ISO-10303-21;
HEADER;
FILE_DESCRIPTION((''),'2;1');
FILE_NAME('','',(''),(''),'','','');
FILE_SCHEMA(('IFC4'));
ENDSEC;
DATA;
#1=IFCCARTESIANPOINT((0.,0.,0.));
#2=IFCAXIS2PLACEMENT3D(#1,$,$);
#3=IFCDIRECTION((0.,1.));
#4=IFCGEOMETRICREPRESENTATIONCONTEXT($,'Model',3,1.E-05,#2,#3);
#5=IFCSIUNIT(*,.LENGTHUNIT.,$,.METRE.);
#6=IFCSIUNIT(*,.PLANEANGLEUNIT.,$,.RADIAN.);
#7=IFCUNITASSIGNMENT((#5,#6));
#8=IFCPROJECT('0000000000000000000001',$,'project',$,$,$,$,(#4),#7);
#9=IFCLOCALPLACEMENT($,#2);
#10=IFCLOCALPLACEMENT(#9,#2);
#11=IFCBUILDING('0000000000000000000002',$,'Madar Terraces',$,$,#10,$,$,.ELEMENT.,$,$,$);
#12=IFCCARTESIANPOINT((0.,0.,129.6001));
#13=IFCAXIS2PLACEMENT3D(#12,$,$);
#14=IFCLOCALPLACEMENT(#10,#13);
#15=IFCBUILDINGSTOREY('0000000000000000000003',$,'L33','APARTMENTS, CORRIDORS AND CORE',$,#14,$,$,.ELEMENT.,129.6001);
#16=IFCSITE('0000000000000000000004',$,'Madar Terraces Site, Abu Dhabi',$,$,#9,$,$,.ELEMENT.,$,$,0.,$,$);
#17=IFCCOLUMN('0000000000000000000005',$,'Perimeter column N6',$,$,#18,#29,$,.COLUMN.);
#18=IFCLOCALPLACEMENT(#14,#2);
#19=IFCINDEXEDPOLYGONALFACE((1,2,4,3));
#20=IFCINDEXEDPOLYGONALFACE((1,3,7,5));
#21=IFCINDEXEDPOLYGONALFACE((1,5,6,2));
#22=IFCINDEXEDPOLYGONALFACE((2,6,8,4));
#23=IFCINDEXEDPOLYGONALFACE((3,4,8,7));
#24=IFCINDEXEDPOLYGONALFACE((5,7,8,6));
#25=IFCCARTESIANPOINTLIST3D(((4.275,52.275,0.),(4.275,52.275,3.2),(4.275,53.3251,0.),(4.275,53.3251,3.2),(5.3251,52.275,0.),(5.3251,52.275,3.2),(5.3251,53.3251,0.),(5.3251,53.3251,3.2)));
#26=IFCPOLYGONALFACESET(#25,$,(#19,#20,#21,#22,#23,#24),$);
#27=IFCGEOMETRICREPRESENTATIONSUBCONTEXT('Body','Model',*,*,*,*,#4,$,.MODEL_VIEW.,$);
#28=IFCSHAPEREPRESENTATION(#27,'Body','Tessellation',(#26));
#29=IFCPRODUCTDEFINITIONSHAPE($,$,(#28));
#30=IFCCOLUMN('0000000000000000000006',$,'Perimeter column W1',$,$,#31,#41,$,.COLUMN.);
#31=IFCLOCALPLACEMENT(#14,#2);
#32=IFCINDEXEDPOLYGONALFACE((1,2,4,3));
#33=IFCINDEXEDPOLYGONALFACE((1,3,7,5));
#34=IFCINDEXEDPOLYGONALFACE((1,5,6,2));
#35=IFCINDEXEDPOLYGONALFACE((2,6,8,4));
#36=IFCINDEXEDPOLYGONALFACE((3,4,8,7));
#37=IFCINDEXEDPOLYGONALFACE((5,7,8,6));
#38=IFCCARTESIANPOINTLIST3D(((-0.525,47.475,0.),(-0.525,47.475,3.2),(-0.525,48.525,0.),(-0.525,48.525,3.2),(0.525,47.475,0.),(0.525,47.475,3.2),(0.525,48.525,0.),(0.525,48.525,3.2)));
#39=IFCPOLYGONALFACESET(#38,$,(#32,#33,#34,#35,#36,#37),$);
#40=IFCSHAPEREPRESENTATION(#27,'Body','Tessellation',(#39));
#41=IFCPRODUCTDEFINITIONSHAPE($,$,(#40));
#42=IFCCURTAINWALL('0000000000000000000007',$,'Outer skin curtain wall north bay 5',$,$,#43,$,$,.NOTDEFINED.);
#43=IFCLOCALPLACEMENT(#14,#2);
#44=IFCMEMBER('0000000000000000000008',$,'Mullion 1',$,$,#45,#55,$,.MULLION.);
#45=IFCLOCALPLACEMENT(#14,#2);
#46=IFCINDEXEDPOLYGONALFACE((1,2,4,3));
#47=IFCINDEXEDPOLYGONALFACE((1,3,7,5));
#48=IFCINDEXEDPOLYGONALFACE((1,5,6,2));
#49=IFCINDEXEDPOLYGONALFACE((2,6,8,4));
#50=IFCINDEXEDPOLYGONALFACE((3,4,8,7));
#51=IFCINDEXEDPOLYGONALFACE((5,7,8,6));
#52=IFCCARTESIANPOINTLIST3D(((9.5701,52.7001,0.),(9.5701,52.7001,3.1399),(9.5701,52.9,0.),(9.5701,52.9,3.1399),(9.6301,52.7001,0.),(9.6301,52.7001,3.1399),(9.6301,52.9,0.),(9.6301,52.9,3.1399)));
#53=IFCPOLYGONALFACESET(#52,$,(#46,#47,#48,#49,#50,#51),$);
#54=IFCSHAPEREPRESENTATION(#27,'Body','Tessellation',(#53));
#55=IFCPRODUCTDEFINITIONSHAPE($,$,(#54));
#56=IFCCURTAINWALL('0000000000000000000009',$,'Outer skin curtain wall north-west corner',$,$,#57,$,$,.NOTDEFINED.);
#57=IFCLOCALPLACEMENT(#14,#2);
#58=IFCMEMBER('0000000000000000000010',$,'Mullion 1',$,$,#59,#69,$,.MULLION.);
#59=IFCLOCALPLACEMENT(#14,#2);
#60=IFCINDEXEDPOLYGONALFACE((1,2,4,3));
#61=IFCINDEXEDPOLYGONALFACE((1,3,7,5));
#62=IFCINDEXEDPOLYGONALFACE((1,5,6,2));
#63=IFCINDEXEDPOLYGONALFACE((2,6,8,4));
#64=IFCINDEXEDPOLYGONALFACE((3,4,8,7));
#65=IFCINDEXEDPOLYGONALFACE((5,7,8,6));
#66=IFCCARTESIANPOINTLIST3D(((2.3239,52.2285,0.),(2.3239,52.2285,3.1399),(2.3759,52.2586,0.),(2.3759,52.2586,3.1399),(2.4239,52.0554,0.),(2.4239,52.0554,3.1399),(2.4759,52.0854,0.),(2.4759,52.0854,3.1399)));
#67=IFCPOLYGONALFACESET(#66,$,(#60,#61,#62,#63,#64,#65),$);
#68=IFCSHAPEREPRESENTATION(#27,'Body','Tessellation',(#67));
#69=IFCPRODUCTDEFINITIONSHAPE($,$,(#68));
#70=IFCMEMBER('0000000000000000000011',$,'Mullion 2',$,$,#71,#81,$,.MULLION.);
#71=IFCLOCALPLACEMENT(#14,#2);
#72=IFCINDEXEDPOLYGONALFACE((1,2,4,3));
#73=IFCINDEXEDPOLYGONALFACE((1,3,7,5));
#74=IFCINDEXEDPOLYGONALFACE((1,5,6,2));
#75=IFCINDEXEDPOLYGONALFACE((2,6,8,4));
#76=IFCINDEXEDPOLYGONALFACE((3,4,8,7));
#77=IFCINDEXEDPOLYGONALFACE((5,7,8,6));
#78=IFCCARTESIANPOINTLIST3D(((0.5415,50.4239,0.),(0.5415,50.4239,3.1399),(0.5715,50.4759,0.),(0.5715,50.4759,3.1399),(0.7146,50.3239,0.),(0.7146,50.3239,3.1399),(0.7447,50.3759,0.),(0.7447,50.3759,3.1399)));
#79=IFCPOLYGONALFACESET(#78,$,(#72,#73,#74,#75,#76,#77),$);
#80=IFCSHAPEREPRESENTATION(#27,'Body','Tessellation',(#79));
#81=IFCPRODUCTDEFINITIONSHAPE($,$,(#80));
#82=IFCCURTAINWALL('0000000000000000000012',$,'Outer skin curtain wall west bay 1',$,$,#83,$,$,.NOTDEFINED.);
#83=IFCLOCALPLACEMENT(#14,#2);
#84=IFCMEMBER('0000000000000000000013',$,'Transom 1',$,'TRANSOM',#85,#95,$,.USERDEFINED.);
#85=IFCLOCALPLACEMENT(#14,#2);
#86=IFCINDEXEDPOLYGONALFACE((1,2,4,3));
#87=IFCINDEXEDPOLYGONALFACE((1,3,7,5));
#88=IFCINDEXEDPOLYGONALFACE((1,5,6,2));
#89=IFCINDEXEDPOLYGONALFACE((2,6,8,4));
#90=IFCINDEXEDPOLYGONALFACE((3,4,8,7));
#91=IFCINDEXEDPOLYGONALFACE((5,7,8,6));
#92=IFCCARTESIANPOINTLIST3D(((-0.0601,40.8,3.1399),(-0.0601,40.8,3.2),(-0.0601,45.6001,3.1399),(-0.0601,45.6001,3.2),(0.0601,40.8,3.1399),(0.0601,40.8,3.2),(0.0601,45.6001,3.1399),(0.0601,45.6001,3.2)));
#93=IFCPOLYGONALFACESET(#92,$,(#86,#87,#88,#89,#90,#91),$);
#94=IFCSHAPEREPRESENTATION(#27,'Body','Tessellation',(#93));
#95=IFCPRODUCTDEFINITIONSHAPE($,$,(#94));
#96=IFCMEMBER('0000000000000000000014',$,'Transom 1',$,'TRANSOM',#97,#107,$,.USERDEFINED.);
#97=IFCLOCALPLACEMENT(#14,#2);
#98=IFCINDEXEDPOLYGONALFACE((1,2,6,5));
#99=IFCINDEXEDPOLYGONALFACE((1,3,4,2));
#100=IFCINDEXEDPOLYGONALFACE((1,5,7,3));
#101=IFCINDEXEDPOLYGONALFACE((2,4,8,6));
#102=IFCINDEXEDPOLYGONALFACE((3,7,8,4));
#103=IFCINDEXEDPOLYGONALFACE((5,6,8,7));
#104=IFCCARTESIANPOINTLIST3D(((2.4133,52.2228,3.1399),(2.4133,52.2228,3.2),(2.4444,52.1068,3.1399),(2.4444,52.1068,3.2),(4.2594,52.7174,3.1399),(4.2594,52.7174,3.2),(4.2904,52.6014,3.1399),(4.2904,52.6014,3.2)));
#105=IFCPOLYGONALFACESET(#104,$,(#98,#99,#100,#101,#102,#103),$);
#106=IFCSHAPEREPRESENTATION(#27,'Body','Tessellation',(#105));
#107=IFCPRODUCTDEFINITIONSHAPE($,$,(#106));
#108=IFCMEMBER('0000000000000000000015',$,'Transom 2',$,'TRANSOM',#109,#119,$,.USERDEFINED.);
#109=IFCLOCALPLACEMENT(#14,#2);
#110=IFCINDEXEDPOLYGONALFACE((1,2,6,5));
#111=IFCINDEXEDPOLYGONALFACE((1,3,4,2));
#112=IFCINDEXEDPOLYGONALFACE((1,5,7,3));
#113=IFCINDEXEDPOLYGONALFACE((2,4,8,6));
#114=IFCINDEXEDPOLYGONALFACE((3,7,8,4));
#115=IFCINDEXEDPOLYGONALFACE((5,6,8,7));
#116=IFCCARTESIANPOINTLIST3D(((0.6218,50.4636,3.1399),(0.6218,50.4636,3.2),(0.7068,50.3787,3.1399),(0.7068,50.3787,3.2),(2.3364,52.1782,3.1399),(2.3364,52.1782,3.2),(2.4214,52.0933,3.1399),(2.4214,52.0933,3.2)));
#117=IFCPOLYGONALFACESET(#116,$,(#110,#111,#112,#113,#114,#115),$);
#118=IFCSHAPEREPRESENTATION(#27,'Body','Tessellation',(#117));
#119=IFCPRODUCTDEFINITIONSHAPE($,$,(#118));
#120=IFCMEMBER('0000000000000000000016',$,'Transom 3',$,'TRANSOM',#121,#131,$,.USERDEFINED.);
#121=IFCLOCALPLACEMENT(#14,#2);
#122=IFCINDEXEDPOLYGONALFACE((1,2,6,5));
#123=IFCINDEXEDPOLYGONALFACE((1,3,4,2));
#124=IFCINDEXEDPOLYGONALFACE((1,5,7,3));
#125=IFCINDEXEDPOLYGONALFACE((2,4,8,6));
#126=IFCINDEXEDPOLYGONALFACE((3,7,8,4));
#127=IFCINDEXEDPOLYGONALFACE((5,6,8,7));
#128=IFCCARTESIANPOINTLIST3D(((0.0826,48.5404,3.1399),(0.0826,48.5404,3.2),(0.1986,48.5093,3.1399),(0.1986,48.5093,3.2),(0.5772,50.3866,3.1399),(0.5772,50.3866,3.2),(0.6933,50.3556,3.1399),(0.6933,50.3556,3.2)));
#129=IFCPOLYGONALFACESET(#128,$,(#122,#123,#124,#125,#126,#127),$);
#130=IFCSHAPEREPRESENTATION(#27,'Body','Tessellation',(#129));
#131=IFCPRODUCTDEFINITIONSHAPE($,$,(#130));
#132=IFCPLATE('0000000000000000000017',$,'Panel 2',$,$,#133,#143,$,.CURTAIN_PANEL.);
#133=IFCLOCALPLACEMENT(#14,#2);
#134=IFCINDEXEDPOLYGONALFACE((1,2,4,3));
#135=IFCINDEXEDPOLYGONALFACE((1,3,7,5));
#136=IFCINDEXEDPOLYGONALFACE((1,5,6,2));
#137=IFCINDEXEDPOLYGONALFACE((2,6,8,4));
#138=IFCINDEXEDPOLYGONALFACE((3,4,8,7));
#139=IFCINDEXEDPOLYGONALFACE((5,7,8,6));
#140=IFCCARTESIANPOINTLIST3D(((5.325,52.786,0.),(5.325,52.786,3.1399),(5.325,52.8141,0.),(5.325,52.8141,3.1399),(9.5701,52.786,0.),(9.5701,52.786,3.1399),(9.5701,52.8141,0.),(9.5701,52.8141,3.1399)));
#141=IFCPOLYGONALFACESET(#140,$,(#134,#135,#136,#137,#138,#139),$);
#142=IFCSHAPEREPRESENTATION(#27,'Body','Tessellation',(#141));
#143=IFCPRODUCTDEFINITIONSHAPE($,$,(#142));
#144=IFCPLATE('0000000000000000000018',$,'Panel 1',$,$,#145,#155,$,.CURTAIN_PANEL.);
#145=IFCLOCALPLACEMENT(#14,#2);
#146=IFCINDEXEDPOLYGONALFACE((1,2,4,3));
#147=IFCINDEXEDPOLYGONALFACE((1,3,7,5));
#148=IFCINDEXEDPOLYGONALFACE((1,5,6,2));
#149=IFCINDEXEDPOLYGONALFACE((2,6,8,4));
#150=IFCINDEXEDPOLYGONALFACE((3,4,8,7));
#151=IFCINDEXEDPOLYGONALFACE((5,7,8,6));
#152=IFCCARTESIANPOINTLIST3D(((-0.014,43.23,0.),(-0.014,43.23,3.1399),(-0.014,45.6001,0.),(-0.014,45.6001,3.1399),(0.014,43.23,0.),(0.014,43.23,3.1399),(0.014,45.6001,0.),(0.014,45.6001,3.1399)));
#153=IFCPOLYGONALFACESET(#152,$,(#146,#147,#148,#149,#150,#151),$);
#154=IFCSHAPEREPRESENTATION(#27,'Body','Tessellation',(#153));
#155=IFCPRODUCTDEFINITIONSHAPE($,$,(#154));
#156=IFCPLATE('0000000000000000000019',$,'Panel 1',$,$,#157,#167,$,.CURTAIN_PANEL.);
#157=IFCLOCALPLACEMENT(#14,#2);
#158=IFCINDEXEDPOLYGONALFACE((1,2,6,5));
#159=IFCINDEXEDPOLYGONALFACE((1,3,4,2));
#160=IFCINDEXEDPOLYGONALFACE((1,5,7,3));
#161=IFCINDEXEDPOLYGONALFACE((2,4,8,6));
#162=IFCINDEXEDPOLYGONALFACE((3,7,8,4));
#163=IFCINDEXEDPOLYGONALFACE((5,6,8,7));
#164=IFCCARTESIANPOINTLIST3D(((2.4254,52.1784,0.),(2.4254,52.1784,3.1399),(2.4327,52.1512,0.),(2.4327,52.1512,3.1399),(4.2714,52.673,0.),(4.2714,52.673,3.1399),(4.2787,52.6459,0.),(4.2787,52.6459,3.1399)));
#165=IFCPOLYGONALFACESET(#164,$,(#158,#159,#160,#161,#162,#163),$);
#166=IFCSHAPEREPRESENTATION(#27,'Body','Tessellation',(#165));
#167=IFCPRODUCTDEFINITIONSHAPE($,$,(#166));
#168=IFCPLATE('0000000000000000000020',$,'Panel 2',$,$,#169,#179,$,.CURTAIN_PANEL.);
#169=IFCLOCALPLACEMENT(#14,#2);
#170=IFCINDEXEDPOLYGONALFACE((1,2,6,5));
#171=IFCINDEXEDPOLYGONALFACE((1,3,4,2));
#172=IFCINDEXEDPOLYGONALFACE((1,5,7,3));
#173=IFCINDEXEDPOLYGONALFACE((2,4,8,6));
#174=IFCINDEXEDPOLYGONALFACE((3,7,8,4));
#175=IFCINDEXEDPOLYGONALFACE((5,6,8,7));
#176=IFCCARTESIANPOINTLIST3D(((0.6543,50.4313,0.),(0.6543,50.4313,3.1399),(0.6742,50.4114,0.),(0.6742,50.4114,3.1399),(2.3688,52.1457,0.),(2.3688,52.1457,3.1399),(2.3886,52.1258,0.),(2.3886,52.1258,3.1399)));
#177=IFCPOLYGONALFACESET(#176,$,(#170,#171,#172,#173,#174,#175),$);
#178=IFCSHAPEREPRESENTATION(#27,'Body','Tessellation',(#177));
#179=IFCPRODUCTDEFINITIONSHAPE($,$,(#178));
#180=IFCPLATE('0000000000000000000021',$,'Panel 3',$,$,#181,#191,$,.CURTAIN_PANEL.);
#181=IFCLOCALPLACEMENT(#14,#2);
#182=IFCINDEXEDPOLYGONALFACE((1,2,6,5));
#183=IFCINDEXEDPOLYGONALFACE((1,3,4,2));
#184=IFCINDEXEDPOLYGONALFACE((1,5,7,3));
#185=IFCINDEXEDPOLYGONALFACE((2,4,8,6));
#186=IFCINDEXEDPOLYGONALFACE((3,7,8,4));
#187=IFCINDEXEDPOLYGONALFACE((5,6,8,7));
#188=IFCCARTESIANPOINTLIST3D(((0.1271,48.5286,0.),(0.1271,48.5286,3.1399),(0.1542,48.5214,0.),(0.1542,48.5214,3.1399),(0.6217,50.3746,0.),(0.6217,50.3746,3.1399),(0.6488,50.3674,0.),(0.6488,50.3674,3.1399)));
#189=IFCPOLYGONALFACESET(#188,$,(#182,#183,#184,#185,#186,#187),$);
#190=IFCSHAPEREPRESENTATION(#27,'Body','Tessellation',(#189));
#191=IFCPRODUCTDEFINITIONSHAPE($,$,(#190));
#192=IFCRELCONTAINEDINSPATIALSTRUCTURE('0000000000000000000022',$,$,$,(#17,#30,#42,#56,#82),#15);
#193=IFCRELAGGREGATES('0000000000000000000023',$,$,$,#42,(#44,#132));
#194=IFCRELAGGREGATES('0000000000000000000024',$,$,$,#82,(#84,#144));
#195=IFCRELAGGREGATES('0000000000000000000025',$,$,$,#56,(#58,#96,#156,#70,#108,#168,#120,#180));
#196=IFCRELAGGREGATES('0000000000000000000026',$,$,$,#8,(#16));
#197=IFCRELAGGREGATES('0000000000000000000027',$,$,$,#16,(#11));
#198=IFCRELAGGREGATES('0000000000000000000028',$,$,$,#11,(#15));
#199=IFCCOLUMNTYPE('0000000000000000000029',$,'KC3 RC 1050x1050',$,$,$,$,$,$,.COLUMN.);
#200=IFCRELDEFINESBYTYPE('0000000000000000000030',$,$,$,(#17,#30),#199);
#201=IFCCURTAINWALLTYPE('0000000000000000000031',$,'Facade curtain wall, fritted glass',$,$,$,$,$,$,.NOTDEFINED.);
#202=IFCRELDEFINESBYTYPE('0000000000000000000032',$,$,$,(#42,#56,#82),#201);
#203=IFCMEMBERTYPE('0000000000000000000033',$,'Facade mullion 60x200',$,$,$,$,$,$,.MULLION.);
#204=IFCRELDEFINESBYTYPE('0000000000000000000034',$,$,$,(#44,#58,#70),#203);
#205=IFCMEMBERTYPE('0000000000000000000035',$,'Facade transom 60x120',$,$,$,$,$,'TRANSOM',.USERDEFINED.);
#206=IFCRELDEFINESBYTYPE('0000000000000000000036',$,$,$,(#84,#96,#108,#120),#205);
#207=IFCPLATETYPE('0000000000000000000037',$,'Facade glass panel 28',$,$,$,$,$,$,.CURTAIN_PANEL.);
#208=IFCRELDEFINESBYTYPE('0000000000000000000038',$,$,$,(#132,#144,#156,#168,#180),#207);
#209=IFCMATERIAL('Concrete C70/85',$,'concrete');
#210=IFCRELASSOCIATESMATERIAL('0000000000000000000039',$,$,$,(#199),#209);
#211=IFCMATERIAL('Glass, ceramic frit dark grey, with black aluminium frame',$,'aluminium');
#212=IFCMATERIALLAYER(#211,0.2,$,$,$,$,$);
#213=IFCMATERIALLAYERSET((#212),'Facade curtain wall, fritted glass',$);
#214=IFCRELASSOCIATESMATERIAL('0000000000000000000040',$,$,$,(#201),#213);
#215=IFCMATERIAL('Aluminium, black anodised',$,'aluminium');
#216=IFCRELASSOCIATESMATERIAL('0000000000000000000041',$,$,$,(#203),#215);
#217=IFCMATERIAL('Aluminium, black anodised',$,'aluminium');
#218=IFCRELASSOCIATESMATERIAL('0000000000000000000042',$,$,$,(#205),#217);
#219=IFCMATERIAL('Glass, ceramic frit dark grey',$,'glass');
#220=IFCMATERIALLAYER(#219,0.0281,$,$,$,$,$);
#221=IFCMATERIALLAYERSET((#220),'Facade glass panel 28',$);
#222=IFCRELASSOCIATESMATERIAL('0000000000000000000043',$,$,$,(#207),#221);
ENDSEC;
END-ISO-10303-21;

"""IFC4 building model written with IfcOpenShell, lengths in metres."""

from ifc_helpers import new_model, si_unit, direction, frame, origin, origin_2d, place, context, subcontext, project, spatial, rectangle, extrude, material, layer, layer_set, material_profile, profile_set, type_object, element, aggregate, save


model = new_model("IFC4")

# Units and contexts
model_context = context("Model", 3, precision=1e-05, world=origin(), true_north=direction((0.0, 1.0)))
body_context = subcontext(model_context, "Body", "Model", "MODEL_VIEW")
ifc_project = project(units=[si_unit("LENGTHUNIT", "METRE"), si_unit("PLANEANGLEUNIT", "RADIAN")], contexts=[model_context])

# Site, building, storey
site_placement = place(None, origin())
site = spatial("IfcSite", under=ifc_project, at=site_placement, Name="Madar Terraces Site, Abu Dhabi", CompositionType="ELEMENT", RefElevation=0.0)
building_placement = place(site_placement, origin())
building = spatial("IfcBuilding", under=site, at=building_placement, Name="Madar Terraces", CompositionType="ELEMENT")
storey_placement = place(building_placement, frame((0.0, 0.0, 129.6001)))
storey = spatial("IfcBuildingStorey", under=building, at=storey_placement, Name="L33", Description="APARTMENTS, CORRIDORS AND CORE", CompositionType="ELEMENT", Elevation=129.6001)

# Columns
ifc_material_1 = material(Name="Concrete C70/85", Category="concrete")
ifc_material_profile_1 = material_profile(ifc_material_1, rectangle(XDim=1.05, YDim=1.05, at=origin_2d()), Name="KC3 RC 1050x1050")
ifc_profile_set_1 = profile_set([ifc_material_profile_1], Name="Concrete C70/85")
column_type = type_object("IfcColumnType", Name="KC3 RC 1050x1050", PredefinedType="COLUMN", material=ifc_profile_set_1)
for number, where, z_axis, x_axis, name in (
    (1, (4.8, 52.8, 0.0), (0.0, 0.0, 1.0), (1.0, 0.0, 0.0), "Perimeter column N6"),
    (2, (0.0, 48.0, 0.0), (0.0, 0.0, 1.0), (1.0, 0.0, 0.0), "Perimeter column W1"),
):
    element("IfcColumn", number, at=place(storey_placement, frame(where, z_axis=z_axis, x_axis=x_axis)), inside=storey, type_object=column_type, Name=name, PredefinedType="COLUMN", context=body_context, shape_type="SweptSolid", body=[
        extrude(rectangle(XDim=1.05, YDim=1.05, at=origin_2d()), origin(), (0.0, 0.0, 1.0), 3.2),
    ])

# Curtain wall, member
ifc_material_2 = material(Name="Glass, ceramic frit dark grey, with black aluminium frame", Category="aluminium")
ifc_layer_1 = layer(ifc_material_2, 0.2)
ifc_layer_set_1 = layer_set([ifc_layer_1], Name="Facade curtain wall, fritted glass")
curtain_wall_type = type_object("IfcCurtainWallType", Name="Facade curtain wall, fritted glass", PredefinedType="NOTDEFINED", material=ifc_layer_set_1)
curtain_wall_1_placement = place(storey_placement, origin())
curtain_wall_1 = element("IfcCurtainWall", 3, at=curtain_wall_1_placement, inside=storey, type_object=curtain_wall_type, Name="Outer skin curtain wall north bay 5", PredefinedType="NOTDEFINED")
ifc_material_3 = material(Name="Aluminium, black anodised", Category="aluminium")
ifc_material_profile_2 = material_profile(ifc_material_3, rectangle(XDim=0.2, YDim=0.0601, at=origin_2d()), Name="Facade mullion 60x200")
ifc_profile_set_2 = profile_set([ifc_material_profile_2], Name="Aluminium, black anodised")
member_type_1 = type_object("IfcMemberType", Name="Facade mullion 60x200", PredefinedType="MULLION", material=ifc_profile_set_2)
member_1_placement = place(storey_placement, frame((9.6001, 52.8, 0.0), z_axis=(0.0, 0.0, 1.0), x_axis=(0.0, -1.0, 0.0)))
member_1 = element("IfcMember", 4, at=member_1_placement, type_object=member_type_1, Name="Mullion 1", PredefinedType="MULLION", context=body_context, shape_type="SweptSolid", body=[
    extrude(rectangle(XDim=0.2, YDim=0.0601, at=origin_2d()), origin(), (0.0, 0.0, 1.0), 3.1399),
])

# Curtain wall, members
curtain_wall_2_placement = place(storey_placement, origin())
curtain_wall_2 = element("IfcCurtainWall", 5, at=curtain_wall_2_placement, inside=storey, type_object=curtain_wall_type, Name="Outer skin curtain wall north-west corner", PredefinedType="NOTDEFINED")
member_2_placement = place(storey_placement, frame((2.3999, 52.157, 0.0), z_axis=(0.0, 0.0, 1.0), x_axis=(0.5, -0.866025, 0.0)))
member_2 = element("IfcMember", 6, at=member_2_placement, type_object=member_type_1, Name="Mullion 1", PredefinedType="MULLION", context=body_context, shape_type="SweptSolid", body=[
    extrude(rectangle(XDim=0.2, YDim=0.0601, at=origin_2d()), origin(), (0.0, 0.0, 1.0), 3.1399),
])
member_3_placement = place(storey_placement, frame((0.6431, 50.3999, 0.0), z_axis=(0.0, 0.0, 1.0), x_axis=(0.866025, -0.5, 0.0)))
member_3 = element("IfcMember", 7, at=member_3_placement, type_object=member_type_1, Name="Mullion 2", PredefinedType="MULLION", context=body_context, shape_type="SweptSolid", body=[
    extrude(rectangle(XDim=0.2, YDim=0.0601, at=origin_2d()), origin(), (0.0, 0.0, 1.0), 3.1399),
])

# Curtain wall, member
curtain_wall_3_placement = place(storey_placement, origin())
curtain_wall_3 = element("IfcCurtainWall", 8, at=curtain_wall_3_placement, inside=storey, type_object=curtain_wall_type, Name="Outer skin curtain wall west bay 1", PredefinedType="NOTDEFINED")
ifc_material_4 = material(Name="Aluminium, black anodised", Category="aluminium")
ifc_material_profile_3 = material_profile(ifc_material_4, rectangle(XDim=0.1201, YDim=0.0601, at=origin_2d()), Name="Facade transom 60x120")
ifc_profile_set_3 = profile_set([ifc_material_profile_3], Name="Aluminium, black anodised")
member_type_2 = type_object("IfcMemberType", Name="Facade transom 60x120", ElementType="TRANSOM", PredefinedType="USERDEFINED", material=ifc_profile_set_3)
member_4_placement = place(storey_placement, frame((0.0, 45.6001, 3.1699), z_axis=(0.0, -1.0, 0.0), x_axis=(1.0, 0.0, 0.0)))
member_4 = element("IfcMember", 9, at=member_4_placement, type_object=member_type_2, Name="Transom 1", ObjectType="TRANSOM", PredefinedType="USERDEFINED", context=body_context, shape_type="SweptSolid", body=[
    extrude(rectangle(XDim=0.1201, YDim=0.0601, at=origin_2d()), origin(), (0.0, 0.0, 1.0), 4.8),
])

# Members
member_5_placement = place(storey_placement, frame((4.2749, 52.6594, 3.1699), z_axis=(-0.965925, -0.258823, 0.0), x_axis=(0.258823, -0.965925, 0.0)))
member_5 = element("IfcMember", 10, at=member_5_placement, type_object=member_type_2, Name="Transom 1", ObjectType="TRANSOM", PredefinedType="USERDEFINED", context=body_context, shape_type="SweptSolid", body=[
    extrude(rectangle(XDim=0.1201, YDim=0.0601, at=origin_2d()), origin(), (0.0, 0.0, 1.0), 1.9111),
])
member_6_placement = place(storey_placement, frame((2.3789, 52.1357, 3.1699), z_axis=(-0.707107, -0.707107, 0.0), x_axis=(0.707107, -0.707107, 0.0)))
member_6 = element("IfcMember", 11, at=member_6_placement, type_object=member_type_2, Name="Transom 2", ObjectType="TRANSOM", PredefinedType="USERDEFINED", context=body_context, shape_type="SweptSolid", body=[
    extrude(rectangle(XDim=0.1201, YDim=0.0601, at=origin_2d()), origin(), (0.0, 0.0, 1.0), 2.4248),
])
member_7_placement = place(storey_placement, frame((0.6353, 50.3711, 3.1699), z_axis=(-0.258791, -0.965933, 0.0), x_axis=(0.965933, -0.258791, 0.0)))
member_7 = element("IfcMember", 12, at=member_7_placement, type_object=member_type_2, Name="Transom 3", ObjectType="TRANSOM", PredefinedType="USERDEFINED", context=body_context, shape_type="SweptSolid", body=[
    extrude(rectangle(XDim=0.1201, YDim=0.0601, at=origin_2d()), origin(), (0.0, 0.0, 1.0), 1.9114),
])

# Plates
ifc_material_5 = material(Name="Glass, ceramic frit dark grey", Category="glass")
ifc_layer_2 = layer(ifc_material_5, 0.0281)
ifc_layer_set_2 = layer_set([ifc_layer_2], Name="Facade glass panel 28")
plate_type = type_object("IfcPlateType", Name="Facade glass panel 28", PredefinedType="CURTAIN_PANEL", material=ifc_layer_set_2)
plate_1_placement = place(storey_placement, frame((7.4475, 52.8, 0.0), z_axis=(0.0, 0.0, 1.0), x_axis=(-1.0, 0.0, 0.0)))
plate_1 = element("IfcPlate", 13, at=plate_1_placement, type_object=plate_type, Name="Panel 2", PredefinedType="CURTAIN_PANEL", context=body_context, shape_type="SweptSolid", body=[
    extrude(rectangle(XDim=4.2451, YDim=0.0281, at=origin_2d()), origin(), (0.0, 0.0, 1.0), 3.1399),
])
aggregate(curtain_wall_1, [member_1, plate_1])
plate_2_placement = place(storey_placement, frame((0.0, 44.415, 0.0), z_axis=(0.0, 0.0, 1.0), x_axis=(0.0, -1.0, 0.0)))
plate_2 = element("IfcPlate", 14, at=plate_2_placement, type_object=plate_type, Name="Panel 1", PredefinedType="CURTAIN_PANEL", context=body_context, shape_type="SweptSolid", body=[
    extrude(rectangle(XDim=2.3701, YDim=0.0281, at=origin_2d()), origin(), (0.0, 0.0, 1.0), 3.1399),
])
aggregate(curtain_wall_3, [member_4, plate_2])
plate_3_placement = place(storey_placement, frame((3.3521, 52.4121, 0.0), z_axis=(0.0, 0.0, 1.0), x_axis=(-0.965926, -0.258819, 0.0)))
plate_3 = element("IfcPlate", 15, at=plate_3_placement, type_object=plate_type, Name="Panel 1", PredefinedType="CURTAIN_PANEL", context=body_context, shape_type="SweptSolid", body=[
    extrude(rectangle(XDim=1.9111, YDim=0.0281, at=origin_2d()), origin(), (0.0, 0.0, 1.0), 3.1399),
])
plate_4_placement = place(storey_placement, frame((1.5215, 51.2786, 0.0), z_axis=(0.0, 0.0, 1.0), x_axis=(-0.707107, -0.707107, 0.0)))
plate_4 = element("IfcPlate", 16, at=plate_4_placement, type_object=plate_type, Name="Panel 2", PredefinedType="CURTAIN_PANEL", context=body_context, shape_type="SweptSolid", body=[
    extrude(rectangle(XDim=2.4246, YDim=0.0281, at=origin_2d()), origin(), (0.0, 0.0, 1.0), 3.1399),
])
plate_5_placement = place(storey_placement, frame((0.3879, 49.448, 0.0), z_axis=(0.0, 0.0, 1.0), x_axis=(-0.258819, -0.965926, 0.0)))
plate_5 = element("IfcPlate", 17, at=plate_5_placement, type_object=plate_type, Name="Panel 3", PredefinedType="CURTAIN_PANEL", context=body_context, shape_type="SweptSolid", body=[
    extrude(rectangle(XDim=1.9111, YDim=0.0281, at=origin_2d()), origin(), (0.0, 0.0, 1.0), 3.1399),
])
aggregate(curtain_wall_2, [member_2, member_5, plate_3, member_3, member_6, plate_4, member_7, plate_5])

save(model, "model.ifc")
